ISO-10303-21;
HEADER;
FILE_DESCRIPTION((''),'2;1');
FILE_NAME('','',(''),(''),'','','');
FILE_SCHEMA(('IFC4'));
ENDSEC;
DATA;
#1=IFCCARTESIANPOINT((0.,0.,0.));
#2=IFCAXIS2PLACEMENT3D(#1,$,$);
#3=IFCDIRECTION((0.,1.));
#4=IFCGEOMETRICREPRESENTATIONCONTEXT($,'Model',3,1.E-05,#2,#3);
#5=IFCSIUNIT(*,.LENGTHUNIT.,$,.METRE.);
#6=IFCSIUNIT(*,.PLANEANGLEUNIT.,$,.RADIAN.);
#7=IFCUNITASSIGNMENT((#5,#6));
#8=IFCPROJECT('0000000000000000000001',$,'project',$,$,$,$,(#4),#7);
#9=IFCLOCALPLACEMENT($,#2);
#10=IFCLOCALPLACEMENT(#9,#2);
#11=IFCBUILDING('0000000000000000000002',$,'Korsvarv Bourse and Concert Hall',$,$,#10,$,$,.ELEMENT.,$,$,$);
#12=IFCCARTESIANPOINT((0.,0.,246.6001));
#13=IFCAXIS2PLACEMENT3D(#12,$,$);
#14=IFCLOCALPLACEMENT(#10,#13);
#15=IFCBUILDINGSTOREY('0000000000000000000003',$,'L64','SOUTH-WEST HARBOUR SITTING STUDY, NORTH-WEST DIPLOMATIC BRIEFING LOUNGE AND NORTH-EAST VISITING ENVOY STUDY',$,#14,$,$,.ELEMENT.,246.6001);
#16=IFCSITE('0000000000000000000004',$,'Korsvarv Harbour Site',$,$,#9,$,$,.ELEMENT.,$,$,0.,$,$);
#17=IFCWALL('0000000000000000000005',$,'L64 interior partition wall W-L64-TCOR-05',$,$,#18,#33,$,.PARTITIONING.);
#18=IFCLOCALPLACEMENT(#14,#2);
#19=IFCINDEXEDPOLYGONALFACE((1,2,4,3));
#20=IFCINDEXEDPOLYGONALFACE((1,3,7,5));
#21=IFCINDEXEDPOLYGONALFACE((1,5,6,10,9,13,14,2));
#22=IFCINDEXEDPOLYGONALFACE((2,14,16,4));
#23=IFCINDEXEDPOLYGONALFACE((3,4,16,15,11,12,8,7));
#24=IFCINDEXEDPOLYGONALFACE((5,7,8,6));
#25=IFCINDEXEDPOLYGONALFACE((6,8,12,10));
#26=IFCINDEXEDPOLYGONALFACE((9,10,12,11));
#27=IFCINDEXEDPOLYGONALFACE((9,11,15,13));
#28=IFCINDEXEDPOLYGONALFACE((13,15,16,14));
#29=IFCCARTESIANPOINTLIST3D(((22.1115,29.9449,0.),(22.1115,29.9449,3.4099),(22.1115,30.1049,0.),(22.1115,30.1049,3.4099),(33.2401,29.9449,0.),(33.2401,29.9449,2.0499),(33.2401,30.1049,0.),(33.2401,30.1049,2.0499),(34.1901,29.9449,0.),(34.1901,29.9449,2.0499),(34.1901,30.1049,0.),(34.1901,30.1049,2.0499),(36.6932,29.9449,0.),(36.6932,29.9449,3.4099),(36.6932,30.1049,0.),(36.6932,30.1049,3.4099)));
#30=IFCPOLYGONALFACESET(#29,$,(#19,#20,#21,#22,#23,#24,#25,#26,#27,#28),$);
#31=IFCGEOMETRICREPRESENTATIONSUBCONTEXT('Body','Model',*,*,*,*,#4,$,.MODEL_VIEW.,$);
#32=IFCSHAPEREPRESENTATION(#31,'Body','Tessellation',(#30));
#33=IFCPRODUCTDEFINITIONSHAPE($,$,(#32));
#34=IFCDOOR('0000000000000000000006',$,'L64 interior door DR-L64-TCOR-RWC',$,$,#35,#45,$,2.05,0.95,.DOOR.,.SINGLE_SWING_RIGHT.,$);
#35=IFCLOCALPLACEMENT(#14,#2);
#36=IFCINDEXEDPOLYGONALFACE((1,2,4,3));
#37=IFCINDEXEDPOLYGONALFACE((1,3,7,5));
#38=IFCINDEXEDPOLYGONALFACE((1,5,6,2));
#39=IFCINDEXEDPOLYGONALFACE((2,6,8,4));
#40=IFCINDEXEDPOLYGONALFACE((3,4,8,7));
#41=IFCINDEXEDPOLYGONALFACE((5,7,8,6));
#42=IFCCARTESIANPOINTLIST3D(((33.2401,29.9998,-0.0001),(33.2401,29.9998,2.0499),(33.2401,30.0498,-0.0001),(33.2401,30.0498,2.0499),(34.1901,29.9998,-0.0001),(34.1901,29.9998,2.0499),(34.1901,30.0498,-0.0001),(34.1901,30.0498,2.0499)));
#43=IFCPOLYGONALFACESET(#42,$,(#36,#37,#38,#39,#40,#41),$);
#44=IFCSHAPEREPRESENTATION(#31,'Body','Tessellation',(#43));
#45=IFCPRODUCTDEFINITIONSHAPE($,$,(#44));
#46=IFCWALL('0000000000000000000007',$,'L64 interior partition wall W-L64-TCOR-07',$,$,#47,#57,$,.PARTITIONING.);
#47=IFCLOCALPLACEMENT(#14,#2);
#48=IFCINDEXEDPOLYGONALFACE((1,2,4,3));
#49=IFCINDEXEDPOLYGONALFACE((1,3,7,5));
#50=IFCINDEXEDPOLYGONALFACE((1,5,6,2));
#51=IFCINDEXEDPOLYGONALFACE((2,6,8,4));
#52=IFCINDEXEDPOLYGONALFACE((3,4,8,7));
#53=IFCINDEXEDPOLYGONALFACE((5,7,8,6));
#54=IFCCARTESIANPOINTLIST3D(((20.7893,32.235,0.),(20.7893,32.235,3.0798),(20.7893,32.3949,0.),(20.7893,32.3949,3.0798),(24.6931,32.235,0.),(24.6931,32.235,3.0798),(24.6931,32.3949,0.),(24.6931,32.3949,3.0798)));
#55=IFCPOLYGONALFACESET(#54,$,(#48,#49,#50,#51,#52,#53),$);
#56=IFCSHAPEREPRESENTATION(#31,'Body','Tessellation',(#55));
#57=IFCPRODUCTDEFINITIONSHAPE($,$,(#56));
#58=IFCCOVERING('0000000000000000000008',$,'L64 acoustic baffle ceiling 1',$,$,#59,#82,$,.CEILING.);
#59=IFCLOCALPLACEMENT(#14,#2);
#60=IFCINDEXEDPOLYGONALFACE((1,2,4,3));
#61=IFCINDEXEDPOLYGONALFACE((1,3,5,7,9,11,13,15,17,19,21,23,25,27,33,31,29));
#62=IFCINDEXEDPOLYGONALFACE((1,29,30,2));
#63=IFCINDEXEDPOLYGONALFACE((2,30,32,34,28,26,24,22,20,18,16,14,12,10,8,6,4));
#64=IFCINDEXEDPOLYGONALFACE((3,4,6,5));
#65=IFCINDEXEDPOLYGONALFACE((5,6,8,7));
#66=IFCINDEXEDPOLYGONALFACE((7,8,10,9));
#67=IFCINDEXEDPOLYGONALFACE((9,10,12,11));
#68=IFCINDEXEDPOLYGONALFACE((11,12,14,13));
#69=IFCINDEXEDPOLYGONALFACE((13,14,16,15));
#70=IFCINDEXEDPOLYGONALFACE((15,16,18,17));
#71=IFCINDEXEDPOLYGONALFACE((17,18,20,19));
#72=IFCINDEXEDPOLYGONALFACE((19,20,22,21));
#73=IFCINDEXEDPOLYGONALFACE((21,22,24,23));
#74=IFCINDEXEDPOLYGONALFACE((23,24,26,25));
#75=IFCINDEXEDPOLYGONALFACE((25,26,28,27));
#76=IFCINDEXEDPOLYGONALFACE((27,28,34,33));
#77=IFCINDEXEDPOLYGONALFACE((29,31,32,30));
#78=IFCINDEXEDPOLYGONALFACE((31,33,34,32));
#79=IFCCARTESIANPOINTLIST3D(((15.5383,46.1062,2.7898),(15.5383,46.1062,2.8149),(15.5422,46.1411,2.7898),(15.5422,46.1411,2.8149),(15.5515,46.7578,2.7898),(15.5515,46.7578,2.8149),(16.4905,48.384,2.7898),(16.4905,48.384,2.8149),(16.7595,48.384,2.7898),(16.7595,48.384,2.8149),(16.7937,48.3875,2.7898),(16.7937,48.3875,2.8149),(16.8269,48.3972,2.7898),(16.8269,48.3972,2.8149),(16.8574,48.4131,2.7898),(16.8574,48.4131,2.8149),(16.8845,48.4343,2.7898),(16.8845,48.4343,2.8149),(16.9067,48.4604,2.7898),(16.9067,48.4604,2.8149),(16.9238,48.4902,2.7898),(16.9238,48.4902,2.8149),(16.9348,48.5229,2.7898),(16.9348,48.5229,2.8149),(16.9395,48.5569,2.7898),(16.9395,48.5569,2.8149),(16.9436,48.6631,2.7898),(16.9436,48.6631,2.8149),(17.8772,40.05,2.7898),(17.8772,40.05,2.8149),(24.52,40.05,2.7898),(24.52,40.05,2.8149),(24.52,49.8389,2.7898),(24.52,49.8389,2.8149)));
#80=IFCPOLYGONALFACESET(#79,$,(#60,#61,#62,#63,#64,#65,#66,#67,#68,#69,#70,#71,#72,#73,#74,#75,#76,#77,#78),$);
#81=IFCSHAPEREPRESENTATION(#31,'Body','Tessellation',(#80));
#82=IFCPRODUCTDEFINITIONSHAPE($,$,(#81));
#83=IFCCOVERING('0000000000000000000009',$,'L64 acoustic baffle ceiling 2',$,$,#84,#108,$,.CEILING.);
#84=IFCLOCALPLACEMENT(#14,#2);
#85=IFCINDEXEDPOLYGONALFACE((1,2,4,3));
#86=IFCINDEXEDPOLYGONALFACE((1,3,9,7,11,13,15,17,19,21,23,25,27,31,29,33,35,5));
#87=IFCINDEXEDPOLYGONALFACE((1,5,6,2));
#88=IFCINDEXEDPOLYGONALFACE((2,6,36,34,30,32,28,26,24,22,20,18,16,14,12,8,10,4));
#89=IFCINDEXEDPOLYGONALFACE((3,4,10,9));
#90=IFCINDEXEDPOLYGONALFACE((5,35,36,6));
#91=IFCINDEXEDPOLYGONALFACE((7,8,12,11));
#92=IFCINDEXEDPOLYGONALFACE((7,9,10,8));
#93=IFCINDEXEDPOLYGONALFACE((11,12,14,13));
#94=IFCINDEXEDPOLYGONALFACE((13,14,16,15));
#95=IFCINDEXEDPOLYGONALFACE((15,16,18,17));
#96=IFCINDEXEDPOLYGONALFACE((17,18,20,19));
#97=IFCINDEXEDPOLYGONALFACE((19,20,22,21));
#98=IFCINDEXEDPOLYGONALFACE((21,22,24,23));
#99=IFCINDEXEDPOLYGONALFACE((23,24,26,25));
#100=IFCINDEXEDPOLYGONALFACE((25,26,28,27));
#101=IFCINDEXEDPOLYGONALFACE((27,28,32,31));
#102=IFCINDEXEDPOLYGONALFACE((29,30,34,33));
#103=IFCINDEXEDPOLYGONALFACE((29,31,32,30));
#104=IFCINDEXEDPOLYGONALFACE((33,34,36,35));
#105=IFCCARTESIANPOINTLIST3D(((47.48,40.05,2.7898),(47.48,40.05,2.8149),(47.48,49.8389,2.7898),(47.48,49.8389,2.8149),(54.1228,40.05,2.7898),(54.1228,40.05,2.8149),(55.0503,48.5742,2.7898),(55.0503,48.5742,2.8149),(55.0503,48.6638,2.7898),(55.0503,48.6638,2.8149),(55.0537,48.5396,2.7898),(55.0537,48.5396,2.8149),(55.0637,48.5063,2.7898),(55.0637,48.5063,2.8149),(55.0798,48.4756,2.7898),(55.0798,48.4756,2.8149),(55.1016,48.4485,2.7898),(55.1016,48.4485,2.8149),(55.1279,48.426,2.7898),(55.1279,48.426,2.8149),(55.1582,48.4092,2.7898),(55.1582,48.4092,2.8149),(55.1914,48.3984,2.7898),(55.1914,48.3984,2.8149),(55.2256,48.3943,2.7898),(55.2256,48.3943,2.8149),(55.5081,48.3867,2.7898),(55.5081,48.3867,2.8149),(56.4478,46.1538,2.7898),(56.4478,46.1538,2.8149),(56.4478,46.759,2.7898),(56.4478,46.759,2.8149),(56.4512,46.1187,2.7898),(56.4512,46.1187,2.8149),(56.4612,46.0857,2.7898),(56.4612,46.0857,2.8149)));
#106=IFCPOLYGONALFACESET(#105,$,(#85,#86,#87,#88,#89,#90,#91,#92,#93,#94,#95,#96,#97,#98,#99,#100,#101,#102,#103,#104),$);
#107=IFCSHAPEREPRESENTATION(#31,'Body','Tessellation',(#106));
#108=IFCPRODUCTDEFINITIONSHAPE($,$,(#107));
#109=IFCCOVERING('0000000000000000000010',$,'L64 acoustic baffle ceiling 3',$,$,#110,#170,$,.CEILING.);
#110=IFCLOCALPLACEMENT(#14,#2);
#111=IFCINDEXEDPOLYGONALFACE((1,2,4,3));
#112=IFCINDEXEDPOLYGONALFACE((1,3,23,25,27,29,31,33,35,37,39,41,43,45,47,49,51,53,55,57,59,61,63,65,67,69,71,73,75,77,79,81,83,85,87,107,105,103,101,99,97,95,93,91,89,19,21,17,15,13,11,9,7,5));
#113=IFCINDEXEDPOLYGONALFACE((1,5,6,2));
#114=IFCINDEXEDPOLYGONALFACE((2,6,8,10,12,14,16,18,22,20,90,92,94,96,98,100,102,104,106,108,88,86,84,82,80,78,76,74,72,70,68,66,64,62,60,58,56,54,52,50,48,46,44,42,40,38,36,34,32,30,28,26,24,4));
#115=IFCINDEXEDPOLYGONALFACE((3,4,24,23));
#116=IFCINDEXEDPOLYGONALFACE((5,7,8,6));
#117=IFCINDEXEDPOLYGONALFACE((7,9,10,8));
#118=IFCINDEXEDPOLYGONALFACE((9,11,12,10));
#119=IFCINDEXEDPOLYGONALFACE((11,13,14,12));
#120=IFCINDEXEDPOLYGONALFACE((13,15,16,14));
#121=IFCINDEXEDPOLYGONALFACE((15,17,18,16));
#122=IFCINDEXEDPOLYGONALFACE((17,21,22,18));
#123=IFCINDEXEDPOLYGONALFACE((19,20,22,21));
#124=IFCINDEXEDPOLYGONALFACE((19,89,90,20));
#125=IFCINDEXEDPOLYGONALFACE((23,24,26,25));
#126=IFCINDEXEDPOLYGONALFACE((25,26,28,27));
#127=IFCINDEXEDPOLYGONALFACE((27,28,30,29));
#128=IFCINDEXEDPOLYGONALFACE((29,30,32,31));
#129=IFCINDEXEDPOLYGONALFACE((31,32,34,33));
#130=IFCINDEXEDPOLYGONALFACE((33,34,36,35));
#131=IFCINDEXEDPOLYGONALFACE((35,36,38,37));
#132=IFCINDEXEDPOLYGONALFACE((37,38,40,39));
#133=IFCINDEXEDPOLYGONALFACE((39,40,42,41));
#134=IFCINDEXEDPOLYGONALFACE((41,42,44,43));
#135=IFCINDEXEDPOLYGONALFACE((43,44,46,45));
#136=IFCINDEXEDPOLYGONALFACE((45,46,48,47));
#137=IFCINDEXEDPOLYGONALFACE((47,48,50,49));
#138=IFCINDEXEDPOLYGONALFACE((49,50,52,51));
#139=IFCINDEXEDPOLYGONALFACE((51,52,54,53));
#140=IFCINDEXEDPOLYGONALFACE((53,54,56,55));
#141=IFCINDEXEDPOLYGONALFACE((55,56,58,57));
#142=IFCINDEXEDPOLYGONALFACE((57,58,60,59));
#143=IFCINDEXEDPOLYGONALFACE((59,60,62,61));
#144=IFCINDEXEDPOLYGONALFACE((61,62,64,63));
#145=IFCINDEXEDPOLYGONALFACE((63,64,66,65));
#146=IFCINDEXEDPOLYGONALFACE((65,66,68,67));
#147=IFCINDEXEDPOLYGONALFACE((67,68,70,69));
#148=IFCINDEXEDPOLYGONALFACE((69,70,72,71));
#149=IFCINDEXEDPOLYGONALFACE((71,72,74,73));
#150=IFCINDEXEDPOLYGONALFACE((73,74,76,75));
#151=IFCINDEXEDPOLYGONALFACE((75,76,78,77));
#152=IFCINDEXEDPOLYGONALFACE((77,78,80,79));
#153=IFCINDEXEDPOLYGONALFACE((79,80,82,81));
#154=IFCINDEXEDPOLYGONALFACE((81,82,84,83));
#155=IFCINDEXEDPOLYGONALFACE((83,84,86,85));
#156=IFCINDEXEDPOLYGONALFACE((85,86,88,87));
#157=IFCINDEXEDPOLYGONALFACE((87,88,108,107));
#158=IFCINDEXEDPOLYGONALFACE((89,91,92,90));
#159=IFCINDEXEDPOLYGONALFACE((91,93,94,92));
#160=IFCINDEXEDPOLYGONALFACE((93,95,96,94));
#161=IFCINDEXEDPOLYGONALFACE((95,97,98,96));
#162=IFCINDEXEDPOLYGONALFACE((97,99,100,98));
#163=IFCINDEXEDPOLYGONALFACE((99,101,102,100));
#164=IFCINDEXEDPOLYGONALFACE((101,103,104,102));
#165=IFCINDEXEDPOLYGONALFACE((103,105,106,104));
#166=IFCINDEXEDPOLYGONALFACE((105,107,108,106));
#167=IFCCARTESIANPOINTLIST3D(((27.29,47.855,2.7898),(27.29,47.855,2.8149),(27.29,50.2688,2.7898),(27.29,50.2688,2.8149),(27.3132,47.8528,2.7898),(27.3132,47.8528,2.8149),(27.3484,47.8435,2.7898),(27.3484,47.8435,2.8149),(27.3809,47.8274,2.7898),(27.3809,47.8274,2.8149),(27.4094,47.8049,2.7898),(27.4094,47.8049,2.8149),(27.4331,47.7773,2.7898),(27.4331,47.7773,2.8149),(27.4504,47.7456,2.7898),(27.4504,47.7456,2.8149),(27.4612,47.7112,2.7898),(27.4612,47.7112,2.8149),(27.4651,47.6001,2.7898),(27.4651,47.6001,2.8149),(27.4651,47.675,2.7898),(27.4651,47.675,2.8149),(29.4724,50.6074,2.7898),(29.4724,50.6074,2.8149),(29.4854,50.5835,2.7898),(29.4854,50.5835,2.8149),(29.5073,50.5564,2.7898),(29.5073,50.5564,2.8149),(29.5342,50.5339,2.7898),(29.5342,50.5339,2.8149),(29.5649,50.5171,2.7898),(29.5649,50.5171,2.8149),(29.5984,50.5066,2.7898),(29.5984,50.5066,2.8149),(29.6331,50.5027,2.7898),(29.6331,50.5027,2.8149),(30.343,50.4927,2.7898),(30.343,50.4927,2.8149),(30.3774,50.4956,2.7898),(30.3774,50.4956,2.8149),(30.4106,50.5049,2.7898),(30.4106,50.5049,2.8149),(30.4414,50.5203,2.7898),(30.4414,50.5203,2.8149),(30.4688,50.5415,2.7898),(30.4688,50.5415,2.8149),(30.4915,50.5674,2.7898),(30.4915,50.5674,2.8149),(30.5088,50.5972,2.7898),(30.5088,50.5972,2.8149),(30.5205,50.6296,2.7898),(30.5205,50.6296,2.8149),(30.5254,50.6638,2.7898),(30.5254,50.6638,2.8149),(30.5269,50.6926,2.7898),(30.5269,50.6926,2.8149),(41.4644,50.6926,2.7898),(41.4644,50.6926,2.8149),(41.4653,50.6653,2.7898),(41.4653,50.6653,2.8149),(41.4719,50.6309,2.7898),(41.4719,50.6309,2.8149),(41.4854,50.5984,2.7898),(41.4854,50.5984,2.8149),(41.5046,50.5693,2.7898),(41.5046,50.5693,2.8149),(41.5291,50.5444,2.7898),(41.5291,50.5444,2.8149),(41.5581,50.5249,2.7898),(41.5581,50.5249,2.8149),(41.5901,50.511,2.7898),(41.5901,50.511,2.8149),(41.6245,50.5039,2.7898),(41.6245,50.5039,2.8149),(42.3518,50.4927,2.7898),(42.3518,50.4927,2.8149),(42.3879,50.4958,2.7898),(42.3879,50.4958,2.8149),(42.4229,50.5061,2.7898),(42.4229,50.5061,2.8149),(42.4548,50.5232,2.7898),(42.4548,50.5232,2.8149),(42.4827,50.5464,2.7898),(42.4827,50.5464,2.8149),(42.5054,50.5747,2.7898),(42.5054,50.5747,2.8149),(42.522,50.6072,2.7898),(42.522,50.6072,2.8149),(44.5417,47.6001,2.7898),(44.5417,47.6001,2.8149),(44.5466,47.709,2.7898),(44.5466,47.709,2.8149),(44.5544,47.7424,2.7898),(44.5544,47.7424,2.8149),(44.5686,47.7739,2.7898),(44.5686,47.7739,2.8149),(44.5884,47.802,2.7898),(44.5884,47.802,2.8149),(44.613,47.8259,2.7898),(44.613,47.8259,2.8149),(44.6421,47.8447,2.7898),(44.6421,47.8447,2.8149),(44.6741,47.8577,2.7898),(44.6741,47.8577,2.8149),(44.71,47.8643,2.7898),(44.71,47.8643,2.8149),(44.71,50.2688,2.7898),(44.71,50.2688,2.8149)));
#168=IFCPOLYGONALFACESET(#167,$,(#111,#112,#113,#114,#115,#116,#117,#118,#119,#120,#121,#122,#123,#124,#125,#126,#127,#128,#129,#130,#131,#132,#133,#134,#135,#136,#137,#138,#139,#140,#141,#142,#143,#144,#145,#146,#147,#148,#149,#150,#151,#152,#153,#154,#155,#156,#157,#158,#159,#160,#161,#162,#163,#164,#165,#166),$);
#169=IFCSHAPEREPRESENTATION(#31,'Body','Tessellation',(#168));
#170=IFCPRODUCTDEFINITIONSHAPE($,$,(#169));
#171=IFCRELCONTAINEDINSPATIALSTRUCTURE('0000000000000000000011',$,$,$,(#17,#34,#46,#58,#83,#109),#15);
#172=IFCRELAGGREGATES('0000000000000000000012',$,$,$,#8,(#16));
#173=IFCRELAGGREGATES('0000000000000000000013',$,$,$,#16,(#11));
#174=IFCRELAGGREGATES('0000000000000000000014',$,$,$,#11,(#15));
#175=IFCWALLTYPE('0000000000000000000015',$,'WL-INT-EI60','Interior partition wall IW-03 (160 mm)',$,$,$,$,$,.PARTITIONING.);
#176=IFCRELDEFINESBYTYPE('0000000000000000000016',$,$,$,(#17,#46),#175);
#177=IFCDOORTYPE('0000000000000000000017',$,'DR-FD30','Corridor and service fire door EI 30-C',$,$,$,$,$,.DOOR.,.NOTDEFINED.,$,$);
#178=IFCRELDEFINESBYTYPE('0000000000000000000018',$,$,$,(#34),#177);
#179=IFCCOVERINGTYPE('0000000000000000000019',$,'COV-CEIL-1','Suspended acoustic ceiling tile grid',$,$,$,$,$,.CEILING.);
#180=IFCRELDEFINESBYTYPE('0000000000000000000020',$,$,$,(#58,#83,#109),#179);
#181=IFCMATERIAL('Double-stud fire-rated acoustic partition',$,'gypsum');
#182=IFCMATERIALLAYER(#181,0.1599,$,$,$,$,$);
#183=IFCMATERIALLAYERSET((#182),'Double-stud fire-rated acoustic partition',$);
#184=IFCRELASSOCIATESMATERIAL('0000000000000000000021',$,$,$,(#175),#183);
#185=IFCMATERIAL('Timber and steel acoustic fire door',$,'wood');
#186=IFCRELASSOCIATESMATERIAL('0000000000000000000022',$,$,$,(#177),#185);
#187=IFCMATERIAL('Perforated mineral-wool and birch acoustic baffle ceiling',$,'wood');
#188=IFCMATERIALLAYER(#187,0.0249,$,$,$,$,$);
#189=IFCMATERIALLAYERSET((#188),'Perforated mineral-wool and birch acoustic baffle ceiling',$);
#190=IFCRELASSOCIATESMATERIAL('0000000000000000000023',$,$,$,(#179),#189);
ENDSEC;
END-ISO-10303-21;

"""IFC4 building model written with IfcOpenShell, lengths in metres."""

from ifc_helpers import new_model, si_unit, direction, frame, frame_2d, origin, place, context, subcontext, project, spatial, polyline, rectangle, outline, extrude, material, layer, layer_set, type_object, element, fill, save


model = new_model("IFC4")

# Units and contexts
model_context = context("Model", 3, precision=1e-05, world=origin(), true_north=direction((0.0, 1.0)))
body_context = subcontext(model_context, "Body", "Model", "MODEL_VIEW")
ifc_project = project(units=[si_unit("LENGTHUNIT", "METRE"), si_unit("PLANEANGLEUNIT", "RADIAN")], contexts=[model_context])

# Site, building, storey
site_placement = place(None, origin())
site = spatial("IfcSite", under=ifc_project, at=site_placement, Name="Korsvarv Harbour Site", CompositionType="ELEMENT", RefElevation=0.0)
building_placement = place(site_placement, origin())
building = spatial("IfcBuilding", under=site, at=building_placement, Name="Korsvarv Bourse and Concert Hall", CompositionType="ELEMENT")
storey_placement = place(building_placement, frame((0.0, 0.0, 246.6001)))
storey = spatial("IfcBuildingStorey", under=building, at=storey_placement, Name="L64", Description="SOUTH-WEST HARBOUR SITTING STUDY, NORTH-WEST DIPLOMATIC BRIEFING LOUNGE AND NORTH-EAST VISITING ENVOY STUDY", CompositionType="ELEMENT", Elevation=246.6001)

# Wall, opening, door
ifc_material_1 = material(Name="Double-stud fire-rated acoustic partition", Category="gypsum")
ifc_layer_1 = layer(ifc_material_1, 0.1599)
ifc_layer_set_1 = layer_set([ifc_layer_1], Name="Double-stud fire-rated acoustic partition")
wall_type = type_object("IfcWallType", Name="WL-INT-EI60", Description="Interior partition wall IW-03 (160 mm)", PredefinedType="PARTITIONING", material=ifc_layer_set_1)
wall_1_placement = place(storey_placement, frame((22.1113, 30.0249, 0.0), z_axis=(0.0, 0.0, 1.0), x_axis=(1.0, 0.0, 0.0)))
wall_1 = element("IfcWall", 1, at=wall_1_placement, inside=storey, type_object=wall_type, Name="L64 interior partition wall W-L64-TCOR-05", PredefinedType="PARTITIONING", context=body_context, shape_type="SweptSolid", body=[
    extrude(rectangle(XDim=14.5818, YDim=0.1599, at=frame_2d((7.291, 0.0))), origin(), (0.0, 0.0, 1.0), 3.4099),
])
opening_placement = place(wall_1_placement, frame((11.1287, 0.0, 0.0)))
opening = element("IfcOpeningElement", 2, at=opening_placement, cuts=wall_1, PredefinedType="OPENING", context=body_context, shape_type="SweptSolid", body=[
    extrude(rectangle(XDim=0.95, YDim=2.05, at=frame_2d((0.4751, 1.0249))), frame((0.0, 0.0898, 0.0), z_axis=(0.0, -1.0, 0.0), x_axis=(1.0, 0.0, 0.0)), (0.0, 0.0, 1.0), 0.1799),
])
ifc_material_2 = material(Name="Timber and steel acoustic fire door", Category="wood")
door_type = type_object("IfcDoorType", Name="DR-FD30", Description="Corridor and service fire door EI 30-C", OperationType="NOTDEFINED", PredefinedType="DOOR", material=ifc_material_2)
door_placement = place(opening_placement, origin())
door = element("IfcDoor", 3, at=door_placement, inside=storey, type_object=door_type, Name="L64 interior door DR-L64-TCOR-RWC", OperationType="SINGLE_SWING_RIGHT", OverallHeight=2.05, OverallWidth=0.95, PredefinedType="DOOR", context=body_context, shape_type="SweptSolid", body=[
    extrude(rectangle(XDim=0.95, YDim=2.05, at=frame_2d((0.4751, 1.0249))), frame((0.0, 0.0249, 0.0), z_axis=(0.0, -1.0, 0.0), x_axis=(1.0, 0.0, 0.0)), (0.0, 0.0, 1.0), 0.05),
])
fill(opening, door)

# Wall
wall_2_placement = place(storey_placement, frame((20.7893, 32.3149, 0.0), z_axis=(0.0, 0.0, 1.0), x_axis=(1.0, 0.0, 0.0)))
element("IfcWall", 4, at=wall_2_placement, inside=storey, type_object=wall_type, Name="L64 interior partition wall W-L64-TCOR-07", PredefinedType="PARTITIONING", context=body_context, shape_type="SweptSolid", body=[
    extrude(rectangle(XDim=3.9038, YDim=0.1599, at=frame_2d((1.9519, 0.0))), origin(), (0.0, 0.0, 1.0), 3.0798),
])

# Coverings
ifc_material_3 = material(Name="Perforated mineral-wool and birch acoustic baffle ceiling", Category="wood")
ifc_layer_2 = layer(ifc_material_3, 0.0249)
ifc_layer_set_2 = layer_set([ifc_layer_2], Name="Perforated mineral-wool and birch acoustic baffle ceiling")
covering_type_1 = type_object("IfcCoveringType", Name="COV-CEIL-1", Description="Suspended acoustic ceiling tile grid", PredefinedType="CEILING", material=ifc_layer_set_2)
covering_1_placement = place(storey_placement, frame((0.0, 0.0, 2.7898)))
element("IfcCovering", 5, at=covering_1_placement, inside=storey, type_object=covering_type_1, Name="L64 acoustic baffle ceiling 1", PredefinedType="CEILING", context=body_context, shape_type="SweptSolid", body=[
    extrude(outline(polyline([(15.5383, 46.1062), (15.5422, 46.1411), (15.5515, 46.7578), (16.4905, 48.384), (16.7595, 48.384), (16.7937, 48.3875), (16.8269, 48.3972), (16.8574, 48.4131), (16.8845, 48.4343), (16.9067, 48.4604), (16.9238, 48.4902), (16.9348, 48.5229), (16.9395, 48.5569), (16.9436, 48.6631), (24.52, 49.8389), (24.52, 40.05), (17.8772, 40.05), (15.5383, 46.1062)])), origin(), (0.0, 0.0, 1.0), 0.0251),
])
covering_2_placement = place(storey_placement, frame((0.0, 0.0, 2.7898)))
element("IfcCovering", 6, at=covering_2_placement, inside=storey, type_object=covering_type_1, Name="L64 acoustic baffle ceiling 2", PredefinedType="CEILING", context=body_context, shape_type="SweptSolid", body=[
    extrude(outline(polyline([(55.0503, 48.5742), (55.0537, 48.5396), (55.0637, 48.5063), (55.0798, 48.4756), (55.1016, 48.4485), (55.1279, 48.426), (55.1582, 48.4092), (55.1914, 48.3984), (55.2256, 48.3943), (55.5081, 48.3867), (56.4478, 46.759), (56.4478, 46.1538), (56.4512, 46.1187), (56.4612, 46.0857), (54.1228, 40.05), (47.48, 40.05), (47.48, 49.8389), (55.0503, 48.6638), (55.0503, 48.5742)])), origin(), (0.0, 0.0, 1.0), 0.0251),
])
covering_3_placement = place(storey_placement, frame((0.0, 0.0, 2.7898)))
element("IfcCovering", 7, at=covering_3_placement, inside=storey, type_object=covering_type_1, Name="L64 acoustic baffle ceiling 3", PredefinedType="CEILING", context=body_context, shape_type="SweptSolid", body=[
    extrude(outline(polyline([(29.4724, 50.6074), (29.4854, 50.5835), (29.5073, 50.5564), (29.5342, 50.5339), (29.5649, 50.5171), (29.5984, 50.5066), (29.6331, 50.5027), (30.343, 50.4927), (30.3774, 50.4956), (30.4106, 50.5049), (30.4414, 50.5203), (30.4688, 50.5415), (30.4915, 50.5674), (30.5088, 50.5972), (30.5205, 50.6296), (30.5254, 50.6638), (30.5269, 50.6926), (41.4644, 50.6926), (41.4653, 50.6653), (41.4719, 50.6309), (41.4854, 50.5984), (41.5046, 50.5693), (41.5291, 50.5444), (41.5581, 50.5249), (41.5901, 50.511), (41.6245, 50.5039), (42.3518, 50.4927), (42.3879, 50.4958), (42.4229, 50.5061), (42.4548, 50.5232), (42.4827, 50.5464), (42.5054, 50.5747), (42.522, 50.6072), (44.71, 50.2688), (44.71, 47.8643), (44.6741, 47.8577), (44.6421, 47.8447), (44.613, 47.8259), (44.5884, 47.802), (44.5686, 47.7739), (44.5544, 47.7424), (44.5466, 47.709), (44.5417, 47.6001), (27.4651, 47.6001), (27.4651, 47.675), (27.4612, 47.7112), (27.4504, 47.7456), (27.4331, 47.7773), (27.4094, 47.8049), (27.3809, 47.8274), (27.3484, 47.8435), (27.3132, 47.8528), (27.29, 47.855), (27.29, 50.2688), (29.4724, 50.6074)])), origin(), (0.0, 0.0, 1.0), 0.0251),
])

save(model, "model.ifc")
